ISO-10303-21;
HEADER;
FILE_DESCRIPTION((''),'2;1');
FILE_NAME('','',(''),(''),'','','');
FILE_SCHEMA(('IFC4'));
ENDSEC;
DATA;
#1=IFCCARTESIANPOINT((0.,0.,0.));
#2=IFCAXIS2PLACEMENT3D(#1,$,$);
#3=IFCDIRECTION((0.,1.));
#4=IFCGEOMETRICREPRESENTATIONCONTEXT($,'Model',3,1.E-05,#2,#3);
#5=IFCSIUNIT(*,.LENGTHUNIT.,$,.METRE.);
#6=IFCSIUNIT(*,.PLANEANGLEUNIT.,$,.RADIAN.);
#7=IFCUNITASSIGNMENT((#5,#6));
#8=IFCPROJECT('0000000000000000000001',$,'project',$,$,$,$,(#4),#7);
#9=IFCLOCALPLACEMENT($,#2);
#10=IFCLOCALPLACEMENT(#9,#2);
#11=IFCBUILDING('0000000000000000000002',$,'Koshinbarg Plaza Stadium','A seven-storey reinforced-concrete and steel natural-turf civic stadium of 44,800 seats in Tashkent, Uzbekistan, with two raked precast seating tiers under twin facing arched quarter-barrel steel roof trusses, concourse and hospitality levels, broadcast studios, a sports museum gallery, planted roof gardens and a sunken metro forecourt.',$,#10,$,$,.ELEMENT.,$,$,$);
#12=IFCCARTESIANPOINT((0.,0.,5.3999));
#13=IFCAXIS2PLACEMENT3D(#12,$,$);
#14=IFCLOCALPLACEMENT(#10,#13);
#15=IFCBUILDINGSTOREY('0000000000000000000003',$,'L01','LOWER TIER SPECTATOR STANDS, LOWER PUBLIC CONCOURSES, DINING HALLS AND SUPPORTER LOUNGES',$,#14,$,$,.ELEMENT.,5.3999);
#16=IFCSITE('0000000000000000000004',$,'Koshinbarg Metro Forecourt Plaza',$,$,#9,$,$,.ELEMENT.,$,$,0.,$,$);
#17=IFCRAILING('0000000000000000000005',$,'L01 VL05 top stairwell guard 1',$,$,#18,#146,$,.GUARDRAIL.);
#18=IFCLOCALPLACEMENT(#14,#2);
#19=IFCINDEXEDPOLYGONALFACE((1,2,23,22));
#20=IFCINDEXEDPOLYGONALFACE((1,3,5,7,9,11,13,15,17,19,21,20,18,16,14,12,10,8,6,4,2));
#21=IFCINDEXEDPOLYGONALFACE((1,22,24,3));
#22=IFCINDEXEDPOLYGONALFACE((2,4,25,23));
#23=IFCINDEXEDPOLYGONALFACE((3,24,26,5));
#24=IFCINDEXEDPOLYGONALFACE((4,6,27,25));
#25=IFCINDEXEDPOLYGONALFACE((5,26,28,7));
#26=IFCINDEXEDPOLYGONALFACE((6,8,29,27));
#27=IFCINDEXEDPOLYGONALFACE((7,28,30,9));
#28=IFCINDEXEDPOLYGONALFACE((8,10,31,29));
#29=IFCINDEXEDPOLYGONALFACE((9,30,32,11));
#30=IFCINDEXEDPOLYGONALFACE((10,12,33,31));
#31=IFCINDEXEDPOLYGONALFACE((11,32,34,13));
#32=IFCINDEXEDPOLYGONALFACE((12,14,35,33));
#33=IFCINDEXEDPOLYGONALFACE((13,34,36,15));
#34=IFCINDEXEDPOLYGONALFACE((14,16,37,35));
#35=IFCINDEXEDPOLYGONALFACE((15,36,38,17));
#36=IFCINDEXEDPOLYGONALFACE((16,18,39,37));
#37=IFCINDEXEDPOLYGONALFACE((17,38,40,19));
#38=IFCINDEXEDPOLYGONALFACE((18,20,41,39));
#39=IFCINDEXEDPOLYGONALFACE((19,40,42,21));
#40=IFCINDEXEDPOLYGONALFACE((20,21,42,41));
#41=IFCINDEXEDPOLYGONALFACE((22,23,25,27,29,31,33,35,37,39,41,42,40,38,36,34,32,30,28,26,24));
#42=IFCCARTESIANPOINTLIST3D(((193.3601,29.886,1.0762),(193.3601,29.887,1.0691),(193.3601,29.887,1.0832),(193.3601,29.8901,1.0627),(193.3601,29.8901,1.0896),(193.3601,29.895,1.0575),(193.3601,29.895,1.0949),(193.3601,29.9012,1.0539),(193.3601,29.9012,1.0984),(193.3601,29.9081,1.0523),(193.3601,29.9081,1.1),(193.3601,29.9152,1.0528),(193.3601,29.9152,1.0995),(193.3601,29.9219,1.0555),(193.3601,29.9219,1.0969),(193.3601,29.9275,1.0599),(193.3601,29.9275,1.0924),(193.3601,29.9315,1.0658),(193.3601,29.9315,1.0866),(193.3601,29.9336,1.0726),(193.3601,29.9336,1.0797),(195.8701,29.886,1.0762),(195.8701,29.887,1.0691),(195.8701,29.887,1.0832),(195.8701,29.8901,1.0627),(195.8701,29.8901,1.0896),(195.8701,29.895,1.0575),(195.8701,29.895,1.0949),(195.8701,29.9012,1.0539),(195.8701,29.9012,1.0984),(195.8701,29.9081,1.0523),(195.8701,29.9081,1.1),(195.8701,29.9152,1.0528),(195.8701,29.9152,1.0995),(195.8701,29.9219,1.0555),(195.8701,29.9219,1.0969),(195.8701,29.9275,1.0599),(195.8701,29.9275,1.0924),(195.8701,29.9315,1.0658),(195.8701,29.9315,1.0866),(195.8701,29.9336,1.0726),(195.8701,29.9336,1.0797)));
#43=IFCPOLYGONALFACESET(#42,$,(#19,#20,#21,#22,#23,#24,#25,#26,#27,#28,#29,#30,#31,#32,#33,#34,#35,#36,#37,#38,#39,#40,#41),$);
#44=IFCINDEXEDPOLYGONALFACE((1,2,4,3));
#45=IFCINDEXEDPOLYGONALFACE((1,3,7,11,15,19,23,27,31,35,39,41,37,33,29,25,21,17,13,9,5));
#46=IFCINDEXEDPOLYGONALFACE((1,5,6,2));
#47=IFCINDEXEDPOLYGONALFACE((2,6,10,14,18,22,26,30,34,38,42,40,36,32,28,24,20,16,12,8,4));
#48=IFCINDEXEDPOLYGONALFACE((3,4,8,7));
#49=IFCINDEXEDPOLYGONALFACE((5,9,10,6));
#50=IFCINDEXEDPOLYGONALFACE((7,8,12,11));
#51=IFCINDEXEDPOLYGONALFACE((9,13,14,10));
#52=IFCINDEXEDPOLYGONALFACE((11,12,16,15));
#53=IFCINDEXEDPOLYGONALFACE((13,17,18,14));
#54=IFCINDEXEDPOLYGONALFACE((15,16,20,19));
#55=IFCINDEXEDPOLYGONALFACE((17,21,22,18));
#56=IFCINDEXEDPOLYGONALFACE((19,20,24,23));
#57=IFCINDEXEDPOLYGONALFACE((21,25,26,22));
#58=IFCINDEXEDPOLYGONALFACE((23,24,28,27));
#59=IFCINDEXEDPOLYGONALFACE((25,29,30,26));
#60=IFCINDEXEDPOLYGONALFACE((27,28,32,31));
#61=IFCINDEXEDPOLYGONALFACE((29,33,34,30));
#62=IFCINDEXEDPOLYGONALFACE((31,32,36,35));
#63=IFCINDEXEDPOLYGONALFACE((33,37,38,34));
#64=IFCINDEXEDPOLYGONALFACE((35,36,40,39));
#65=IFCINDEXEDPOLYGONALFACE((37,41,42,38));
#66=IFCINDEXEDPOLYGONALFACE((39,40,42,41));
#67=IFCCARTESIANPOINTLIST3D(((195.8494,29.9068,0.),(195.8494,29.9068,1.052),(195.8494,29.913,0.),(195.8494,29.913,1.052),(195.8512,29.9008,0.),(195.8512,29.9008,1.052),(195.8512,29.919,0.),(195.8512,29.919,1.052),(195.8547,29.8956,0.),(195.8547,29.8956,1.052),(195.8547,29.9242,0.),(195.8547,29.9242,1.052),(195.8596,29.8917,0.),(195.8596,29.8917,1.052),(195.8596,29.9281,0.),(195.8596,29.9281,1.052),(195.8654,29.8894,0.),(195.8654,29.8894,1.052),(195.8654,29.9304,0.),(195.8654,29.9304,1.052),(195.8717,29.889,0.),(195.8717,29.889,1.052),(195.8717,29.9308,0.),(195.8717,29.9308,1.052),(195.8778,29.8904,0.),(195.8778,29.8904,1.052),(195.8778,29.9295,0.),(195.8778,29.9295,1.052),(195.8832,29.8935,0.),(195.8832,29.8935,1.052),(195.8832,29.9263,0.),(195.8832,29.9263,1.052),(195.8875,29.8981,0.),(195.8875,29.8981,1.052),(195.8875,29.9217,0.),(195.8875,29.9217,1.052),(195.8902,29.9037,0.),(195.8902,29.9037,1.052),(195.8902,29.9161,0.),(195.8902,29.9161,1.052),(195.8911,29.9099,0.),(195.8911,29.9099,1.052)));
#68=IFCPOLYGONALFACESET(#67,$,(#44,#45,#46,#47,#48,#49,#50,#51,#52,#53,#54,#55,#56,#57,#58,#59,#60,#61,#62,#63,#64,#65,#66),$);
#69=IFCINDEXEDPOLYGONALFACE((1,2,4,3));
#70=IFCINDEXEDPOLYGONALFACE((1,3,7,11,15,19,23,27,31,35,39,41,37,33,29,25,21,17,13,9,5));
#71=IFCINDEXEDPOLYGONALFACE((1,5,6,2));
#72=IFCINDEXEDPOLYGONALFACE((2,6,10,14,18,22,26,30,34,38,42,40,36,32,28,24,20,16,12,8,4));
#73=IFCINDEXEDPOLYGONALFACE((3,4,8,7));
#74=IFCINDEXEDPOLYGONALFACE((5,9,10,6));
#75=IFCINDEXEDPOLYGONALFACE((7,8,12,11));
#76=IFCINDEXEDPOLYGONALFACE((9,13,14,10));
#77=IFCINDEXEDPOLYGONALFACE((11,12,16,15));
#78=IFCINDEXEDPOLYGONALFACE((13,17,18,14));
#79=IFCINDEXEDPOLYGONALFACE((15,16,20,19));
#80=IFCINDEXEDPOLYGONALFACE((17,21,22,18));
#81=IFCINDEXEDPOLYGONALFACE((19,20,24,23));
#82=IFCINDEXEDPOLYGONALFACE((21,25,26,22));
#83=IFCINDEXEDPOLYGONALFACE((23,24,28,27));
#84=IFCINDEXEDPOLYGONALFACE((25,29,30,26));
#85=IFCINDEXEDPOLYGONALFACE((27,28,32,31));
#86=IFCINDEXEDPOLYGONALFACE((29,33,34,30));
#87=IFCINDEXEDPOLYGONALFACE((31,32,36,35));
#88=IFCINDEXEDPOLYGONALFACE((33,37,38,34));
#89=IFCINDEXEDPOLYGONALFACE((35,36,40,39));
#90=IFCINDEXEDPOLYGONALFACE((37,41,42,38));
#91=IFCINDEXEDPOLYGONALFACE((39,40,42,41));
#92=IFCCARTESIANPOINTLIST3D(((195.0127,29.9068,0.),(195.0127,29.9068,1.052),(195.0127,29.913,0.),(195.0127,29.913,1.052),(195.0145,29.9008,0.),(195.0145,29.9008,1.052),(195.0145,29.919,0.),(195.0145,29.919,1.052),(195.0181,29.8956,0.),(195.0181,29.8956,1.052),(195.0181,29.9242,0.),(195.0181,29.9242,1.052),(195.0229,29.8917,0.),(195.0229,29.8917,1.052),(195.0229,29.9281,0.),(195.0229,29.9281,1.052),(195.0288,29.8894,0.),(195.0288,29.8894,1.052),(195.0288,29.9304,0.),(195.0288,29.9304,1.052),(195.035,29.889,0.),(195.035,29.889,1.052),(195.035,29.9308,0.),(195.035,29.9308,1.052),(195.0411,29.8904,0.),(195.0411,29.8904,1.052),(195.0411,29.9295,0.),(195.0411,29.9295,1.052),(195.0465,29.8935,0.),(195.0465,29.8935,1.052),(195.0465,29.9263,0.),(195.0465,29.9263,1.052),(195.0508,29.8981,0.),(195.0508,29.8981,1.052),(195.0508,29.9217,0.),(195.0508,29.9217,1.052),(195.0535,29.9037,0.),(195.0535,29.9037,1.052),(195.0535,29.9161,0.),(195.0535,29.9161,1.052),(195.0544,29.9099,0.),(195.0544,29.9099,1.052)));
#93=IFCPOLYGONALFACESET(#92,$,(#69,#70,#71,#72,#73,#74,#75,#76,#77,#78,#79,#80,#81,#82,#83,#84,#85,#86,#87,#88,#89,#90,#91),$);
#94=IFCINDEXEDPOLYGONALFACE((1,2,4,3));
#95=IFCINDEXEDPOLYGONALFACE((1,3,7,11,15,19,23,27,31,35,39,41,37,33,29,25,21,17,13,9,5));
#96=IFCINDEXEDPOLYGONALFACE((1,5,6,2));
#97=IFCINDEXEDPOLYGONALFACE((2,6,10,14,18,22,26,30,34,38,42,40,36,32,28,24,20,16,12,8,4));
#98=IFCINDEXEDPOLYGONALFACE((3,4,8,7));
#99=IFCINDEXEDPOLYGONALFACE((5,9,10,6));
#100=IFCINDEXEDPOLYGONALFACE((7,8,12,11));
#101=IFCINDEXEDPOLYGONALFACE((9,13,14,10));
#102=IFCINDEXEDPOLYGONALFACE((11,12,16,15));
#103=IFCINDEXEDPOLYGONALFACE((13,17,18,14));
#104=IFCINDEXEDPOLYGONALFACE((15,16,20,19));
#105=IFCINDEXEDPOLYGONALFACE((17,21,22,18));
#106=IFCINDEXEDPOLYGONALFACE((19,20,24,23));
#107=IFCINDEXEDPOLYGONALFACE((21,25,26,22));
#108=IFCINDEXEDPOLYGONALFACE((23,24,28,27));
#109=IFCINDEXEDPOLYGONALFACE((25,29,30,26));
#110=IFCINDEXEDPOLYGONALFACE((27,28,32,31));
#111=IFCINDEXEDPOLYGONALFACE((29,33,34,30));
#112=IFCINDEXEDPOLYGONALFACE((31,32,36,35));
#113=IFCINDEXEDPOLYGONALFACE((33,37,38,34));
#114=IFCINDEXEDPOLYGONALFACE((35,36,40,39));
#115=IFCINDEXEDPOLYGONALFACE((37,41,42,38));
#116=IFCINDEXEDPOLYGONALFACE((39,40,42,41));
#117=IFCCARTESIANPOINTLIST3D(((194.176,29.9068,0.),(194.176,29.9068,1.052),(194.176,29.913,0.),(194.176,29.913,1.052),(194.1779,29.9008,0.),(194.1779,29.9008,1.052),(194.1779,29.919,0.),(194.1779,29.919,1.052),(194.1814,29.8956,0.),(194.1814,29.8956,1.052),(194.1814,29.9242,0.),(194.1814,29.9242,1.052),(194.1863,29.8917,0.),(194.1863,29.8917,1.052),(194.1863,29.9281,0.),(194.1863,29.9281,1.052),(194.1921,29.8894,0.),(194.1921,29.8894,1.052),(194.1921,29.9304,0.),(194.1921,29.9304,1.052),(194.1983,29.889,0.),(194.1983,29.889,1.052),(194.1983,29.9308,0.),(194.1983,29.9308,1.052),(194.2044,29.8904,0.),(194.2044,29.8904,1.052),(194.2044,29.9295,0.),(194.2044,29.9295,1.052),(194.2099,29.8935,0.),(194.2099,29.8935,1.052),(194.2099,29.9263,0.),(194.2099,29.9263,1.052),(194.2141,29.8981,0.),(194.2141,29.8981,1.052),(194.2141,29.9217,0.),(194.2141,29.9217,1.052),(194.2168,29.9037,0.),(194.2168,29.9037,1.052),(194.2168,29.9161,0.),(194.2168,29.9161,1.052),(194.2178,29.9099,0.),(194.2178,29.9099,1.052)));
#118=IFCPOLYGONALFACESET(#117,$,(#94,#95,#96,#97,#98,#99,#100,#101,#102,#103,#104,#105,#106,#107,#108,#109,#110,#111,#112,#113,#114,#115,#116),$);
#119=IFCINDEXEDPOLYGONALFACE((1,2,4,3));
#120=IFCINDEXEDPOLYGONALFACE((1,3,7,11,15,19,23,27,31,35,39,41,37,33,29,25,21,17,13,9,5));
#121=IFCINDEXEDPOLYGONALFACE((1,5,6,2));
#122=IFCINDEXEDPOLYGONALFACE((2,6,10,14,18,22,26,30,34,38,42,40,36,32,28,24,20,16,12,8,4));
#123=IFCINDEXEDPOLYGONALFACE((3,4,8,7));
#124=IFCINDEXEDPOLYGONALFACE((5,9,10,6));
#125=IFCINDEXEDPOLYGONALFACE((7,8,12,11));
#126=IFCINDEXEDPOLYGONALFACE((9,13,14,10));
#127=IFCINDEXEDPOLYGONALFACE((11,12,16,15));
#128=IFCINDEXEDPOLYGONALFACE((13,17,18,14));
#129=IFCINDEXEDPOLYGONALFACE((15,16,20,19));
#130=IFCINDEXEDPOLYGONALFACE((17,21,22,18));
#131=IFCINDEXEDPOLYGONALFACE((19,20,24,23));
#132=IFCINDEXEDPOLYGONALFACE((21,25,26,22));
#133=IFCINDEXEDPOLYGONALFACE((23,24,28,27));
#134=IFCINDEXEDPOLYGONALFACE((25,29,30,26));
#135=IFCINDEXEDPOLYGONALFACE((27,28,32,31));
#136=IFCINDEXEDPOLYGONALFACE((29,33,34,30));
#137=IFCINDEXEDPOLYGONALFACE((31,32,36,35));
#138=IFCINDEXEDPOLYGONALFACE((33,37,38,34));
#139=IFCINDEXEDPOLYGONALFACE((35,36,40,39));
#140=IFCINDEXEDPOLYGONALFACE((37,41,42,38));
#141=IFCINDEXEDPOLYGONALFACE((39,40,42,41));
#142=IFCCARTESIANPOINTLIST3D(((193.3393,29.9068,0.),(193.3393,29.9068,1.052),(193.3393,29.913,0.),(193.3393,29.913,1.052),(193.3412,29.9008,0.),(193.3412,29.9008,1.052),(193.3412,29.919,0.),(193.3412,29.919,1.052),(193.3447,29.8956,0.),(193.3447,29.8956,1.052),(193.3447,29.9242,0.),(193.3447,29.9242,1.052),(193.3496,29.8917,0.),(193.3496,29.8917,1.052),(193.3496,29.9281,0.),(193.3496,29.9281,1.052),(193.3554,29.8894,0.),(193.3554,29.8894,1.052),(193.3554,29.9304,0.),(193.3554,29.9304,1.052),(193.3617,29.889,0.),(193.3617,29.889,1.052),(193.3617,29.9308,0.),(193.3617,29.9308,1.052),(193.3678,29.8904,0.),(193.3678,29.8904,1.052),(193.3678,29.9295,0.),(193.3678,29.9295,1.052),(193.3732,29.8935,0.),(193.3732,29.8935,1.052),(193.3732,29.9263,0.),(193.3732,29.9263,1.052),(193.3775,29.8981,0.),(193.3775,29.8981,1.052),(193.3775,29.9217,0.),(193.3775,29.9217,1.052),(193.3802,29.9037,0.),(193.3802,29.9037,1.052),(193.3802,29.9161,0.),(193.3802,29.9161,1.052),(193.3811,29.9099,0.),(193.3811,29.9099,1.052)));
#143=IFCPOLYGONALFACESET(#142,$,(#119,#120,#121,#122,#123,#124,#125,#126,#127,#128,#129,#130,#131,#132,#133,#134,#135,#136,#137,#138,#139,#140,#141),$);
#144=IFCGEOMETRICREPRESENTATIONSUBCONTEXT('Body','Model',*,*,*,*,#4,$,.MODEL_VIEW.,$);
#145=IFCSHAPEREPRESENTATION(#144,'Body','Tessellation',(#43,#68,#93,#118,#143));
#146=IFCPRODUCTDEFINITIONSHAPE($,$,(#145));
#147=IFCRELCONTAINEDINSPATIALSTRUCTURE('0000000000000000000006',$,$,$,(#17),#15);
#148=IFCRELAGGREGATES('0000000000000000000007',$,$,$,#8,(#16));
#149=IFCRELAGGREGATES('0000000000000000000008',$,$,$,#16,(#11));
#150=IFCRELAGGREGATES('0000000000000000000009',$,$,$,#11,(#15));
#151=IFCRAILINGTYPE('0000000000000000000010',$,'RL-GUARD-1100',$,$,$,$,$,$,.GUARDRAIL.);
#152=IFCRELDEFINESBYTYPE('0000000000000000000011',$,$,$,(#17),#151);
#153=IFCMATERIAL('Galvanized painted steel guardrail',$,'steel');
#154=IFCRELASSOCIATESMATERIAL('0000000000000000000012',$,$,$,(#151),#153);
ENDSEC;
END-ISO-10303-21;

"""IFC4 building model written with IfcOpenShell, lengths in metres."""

from ifc_helpers import new_model, si_unit, direction, frame, origin, origin_2d, place, context, subcontext, project, spatial, circle, extrude, material, type_object, element, save


model = new_model("IFC4")

# Units and contexts
model_context = context("Model", 3, precision=1e-05, world=origin(), true_north=direction((0.0, 1.0)))
body_context = subcontext(model_context, "Body", "Model", "MODEL_VIEW")
ifc_project = project(units=[si_unit("LENGTHUNIT", "METRE"), si_unit("PLANEANGLEUNIT", "RADIAN")], contexts=[model_context])

# Site, building, storey
site_placement = place(None, origin())
site = spatial("IfcSite", under=ifc_project, at=site_placement, Name="Koshinbarg Metro Forecourt Plaza", CompositionType="ELEMENT", RefElevation=0.0)
building_placement = place(site_placement, origin())
building = spatial("IfcBuilding", under=site, at=building_placement, Name="Koshinbarg Plaza Stadium", Description="A seven-storey reinforced-concrete and steel natural-turf civic stadium of 44,800 seats in Tashkent, Uzbekistan, with two raked precast seating tiers under twin facing arched quarter-barrel steel roof trusses, concourse and hospitality levels, broadcast studios, a sports museum gallery, planted roof gardens and a sunken metro forecourt.", CompositionType="ELEMENT")
storey_placement = place(building_placement, frame((0.0, 0.0, 5.3999)))
storey = spatial("IfcBuildingStorey", under=building, at=storey_placement, Name="L01", Description="LOWER TIER SPECTATOR STANDS, LOWER PUBLIC CONCOURSES, DINING HALLS AND SUPPORTER LOUNGES", CompositionType="ELEMENT", Elevation=5.3999)

# Railing
ifc_material_1 = material(Name="Galvanized painted steel guardrail", Category="steel")
railing_type_1 = type_object("IfcRailingType", Name="RL-GUARD-1100", PredefinedType="GUARDRAIL", material=ifc_material_1)
railing_1_placement = place(storey_placement, frame((195.8701, 29.9099, 0.0)))
element("IfcRailing", 1, at=railing_1_placement, inside=storey, type_object=railing_type_1, Name="L01 VL05 top stairwell guard 1", PredefinedType="GUARDRAIL", context=body_context, shape_type="SweptSolid", body=[
    extrude(circle(Radius=0.0239, at=origin_2d()), frame((0.0, 0.0, 1.0762), z_axis=(-1.0, 0.0, 0.0), x_axis=(0.0, -1.0, 0.0)), (0.0, 0.0, 1.0), 2.51),
    extrude(circle(Radius=0.021, at=origin_2d()), origin(), (0.0, 0.0, 1.0), 1.052),
    extrude(circle(Radius=0.021, at=origin_2d()), frame((-0.8367, 0.0, 0.0)), (0.0, 0.0, 1.0), 1.052),
    extrude(circle(Radius=0.021, at=origin_2d()), frame((-1.6733, 0.0, 0.0)), (0.0, 0.0, 1.0), 1.052),
    extrude(circle(Radius=0.021, at=origin_2d()), frame((-2.51, 0.0, 0.0)), (0.0, 0.0, 1.0), 1.052),
])

save(model, "model.ifc")
